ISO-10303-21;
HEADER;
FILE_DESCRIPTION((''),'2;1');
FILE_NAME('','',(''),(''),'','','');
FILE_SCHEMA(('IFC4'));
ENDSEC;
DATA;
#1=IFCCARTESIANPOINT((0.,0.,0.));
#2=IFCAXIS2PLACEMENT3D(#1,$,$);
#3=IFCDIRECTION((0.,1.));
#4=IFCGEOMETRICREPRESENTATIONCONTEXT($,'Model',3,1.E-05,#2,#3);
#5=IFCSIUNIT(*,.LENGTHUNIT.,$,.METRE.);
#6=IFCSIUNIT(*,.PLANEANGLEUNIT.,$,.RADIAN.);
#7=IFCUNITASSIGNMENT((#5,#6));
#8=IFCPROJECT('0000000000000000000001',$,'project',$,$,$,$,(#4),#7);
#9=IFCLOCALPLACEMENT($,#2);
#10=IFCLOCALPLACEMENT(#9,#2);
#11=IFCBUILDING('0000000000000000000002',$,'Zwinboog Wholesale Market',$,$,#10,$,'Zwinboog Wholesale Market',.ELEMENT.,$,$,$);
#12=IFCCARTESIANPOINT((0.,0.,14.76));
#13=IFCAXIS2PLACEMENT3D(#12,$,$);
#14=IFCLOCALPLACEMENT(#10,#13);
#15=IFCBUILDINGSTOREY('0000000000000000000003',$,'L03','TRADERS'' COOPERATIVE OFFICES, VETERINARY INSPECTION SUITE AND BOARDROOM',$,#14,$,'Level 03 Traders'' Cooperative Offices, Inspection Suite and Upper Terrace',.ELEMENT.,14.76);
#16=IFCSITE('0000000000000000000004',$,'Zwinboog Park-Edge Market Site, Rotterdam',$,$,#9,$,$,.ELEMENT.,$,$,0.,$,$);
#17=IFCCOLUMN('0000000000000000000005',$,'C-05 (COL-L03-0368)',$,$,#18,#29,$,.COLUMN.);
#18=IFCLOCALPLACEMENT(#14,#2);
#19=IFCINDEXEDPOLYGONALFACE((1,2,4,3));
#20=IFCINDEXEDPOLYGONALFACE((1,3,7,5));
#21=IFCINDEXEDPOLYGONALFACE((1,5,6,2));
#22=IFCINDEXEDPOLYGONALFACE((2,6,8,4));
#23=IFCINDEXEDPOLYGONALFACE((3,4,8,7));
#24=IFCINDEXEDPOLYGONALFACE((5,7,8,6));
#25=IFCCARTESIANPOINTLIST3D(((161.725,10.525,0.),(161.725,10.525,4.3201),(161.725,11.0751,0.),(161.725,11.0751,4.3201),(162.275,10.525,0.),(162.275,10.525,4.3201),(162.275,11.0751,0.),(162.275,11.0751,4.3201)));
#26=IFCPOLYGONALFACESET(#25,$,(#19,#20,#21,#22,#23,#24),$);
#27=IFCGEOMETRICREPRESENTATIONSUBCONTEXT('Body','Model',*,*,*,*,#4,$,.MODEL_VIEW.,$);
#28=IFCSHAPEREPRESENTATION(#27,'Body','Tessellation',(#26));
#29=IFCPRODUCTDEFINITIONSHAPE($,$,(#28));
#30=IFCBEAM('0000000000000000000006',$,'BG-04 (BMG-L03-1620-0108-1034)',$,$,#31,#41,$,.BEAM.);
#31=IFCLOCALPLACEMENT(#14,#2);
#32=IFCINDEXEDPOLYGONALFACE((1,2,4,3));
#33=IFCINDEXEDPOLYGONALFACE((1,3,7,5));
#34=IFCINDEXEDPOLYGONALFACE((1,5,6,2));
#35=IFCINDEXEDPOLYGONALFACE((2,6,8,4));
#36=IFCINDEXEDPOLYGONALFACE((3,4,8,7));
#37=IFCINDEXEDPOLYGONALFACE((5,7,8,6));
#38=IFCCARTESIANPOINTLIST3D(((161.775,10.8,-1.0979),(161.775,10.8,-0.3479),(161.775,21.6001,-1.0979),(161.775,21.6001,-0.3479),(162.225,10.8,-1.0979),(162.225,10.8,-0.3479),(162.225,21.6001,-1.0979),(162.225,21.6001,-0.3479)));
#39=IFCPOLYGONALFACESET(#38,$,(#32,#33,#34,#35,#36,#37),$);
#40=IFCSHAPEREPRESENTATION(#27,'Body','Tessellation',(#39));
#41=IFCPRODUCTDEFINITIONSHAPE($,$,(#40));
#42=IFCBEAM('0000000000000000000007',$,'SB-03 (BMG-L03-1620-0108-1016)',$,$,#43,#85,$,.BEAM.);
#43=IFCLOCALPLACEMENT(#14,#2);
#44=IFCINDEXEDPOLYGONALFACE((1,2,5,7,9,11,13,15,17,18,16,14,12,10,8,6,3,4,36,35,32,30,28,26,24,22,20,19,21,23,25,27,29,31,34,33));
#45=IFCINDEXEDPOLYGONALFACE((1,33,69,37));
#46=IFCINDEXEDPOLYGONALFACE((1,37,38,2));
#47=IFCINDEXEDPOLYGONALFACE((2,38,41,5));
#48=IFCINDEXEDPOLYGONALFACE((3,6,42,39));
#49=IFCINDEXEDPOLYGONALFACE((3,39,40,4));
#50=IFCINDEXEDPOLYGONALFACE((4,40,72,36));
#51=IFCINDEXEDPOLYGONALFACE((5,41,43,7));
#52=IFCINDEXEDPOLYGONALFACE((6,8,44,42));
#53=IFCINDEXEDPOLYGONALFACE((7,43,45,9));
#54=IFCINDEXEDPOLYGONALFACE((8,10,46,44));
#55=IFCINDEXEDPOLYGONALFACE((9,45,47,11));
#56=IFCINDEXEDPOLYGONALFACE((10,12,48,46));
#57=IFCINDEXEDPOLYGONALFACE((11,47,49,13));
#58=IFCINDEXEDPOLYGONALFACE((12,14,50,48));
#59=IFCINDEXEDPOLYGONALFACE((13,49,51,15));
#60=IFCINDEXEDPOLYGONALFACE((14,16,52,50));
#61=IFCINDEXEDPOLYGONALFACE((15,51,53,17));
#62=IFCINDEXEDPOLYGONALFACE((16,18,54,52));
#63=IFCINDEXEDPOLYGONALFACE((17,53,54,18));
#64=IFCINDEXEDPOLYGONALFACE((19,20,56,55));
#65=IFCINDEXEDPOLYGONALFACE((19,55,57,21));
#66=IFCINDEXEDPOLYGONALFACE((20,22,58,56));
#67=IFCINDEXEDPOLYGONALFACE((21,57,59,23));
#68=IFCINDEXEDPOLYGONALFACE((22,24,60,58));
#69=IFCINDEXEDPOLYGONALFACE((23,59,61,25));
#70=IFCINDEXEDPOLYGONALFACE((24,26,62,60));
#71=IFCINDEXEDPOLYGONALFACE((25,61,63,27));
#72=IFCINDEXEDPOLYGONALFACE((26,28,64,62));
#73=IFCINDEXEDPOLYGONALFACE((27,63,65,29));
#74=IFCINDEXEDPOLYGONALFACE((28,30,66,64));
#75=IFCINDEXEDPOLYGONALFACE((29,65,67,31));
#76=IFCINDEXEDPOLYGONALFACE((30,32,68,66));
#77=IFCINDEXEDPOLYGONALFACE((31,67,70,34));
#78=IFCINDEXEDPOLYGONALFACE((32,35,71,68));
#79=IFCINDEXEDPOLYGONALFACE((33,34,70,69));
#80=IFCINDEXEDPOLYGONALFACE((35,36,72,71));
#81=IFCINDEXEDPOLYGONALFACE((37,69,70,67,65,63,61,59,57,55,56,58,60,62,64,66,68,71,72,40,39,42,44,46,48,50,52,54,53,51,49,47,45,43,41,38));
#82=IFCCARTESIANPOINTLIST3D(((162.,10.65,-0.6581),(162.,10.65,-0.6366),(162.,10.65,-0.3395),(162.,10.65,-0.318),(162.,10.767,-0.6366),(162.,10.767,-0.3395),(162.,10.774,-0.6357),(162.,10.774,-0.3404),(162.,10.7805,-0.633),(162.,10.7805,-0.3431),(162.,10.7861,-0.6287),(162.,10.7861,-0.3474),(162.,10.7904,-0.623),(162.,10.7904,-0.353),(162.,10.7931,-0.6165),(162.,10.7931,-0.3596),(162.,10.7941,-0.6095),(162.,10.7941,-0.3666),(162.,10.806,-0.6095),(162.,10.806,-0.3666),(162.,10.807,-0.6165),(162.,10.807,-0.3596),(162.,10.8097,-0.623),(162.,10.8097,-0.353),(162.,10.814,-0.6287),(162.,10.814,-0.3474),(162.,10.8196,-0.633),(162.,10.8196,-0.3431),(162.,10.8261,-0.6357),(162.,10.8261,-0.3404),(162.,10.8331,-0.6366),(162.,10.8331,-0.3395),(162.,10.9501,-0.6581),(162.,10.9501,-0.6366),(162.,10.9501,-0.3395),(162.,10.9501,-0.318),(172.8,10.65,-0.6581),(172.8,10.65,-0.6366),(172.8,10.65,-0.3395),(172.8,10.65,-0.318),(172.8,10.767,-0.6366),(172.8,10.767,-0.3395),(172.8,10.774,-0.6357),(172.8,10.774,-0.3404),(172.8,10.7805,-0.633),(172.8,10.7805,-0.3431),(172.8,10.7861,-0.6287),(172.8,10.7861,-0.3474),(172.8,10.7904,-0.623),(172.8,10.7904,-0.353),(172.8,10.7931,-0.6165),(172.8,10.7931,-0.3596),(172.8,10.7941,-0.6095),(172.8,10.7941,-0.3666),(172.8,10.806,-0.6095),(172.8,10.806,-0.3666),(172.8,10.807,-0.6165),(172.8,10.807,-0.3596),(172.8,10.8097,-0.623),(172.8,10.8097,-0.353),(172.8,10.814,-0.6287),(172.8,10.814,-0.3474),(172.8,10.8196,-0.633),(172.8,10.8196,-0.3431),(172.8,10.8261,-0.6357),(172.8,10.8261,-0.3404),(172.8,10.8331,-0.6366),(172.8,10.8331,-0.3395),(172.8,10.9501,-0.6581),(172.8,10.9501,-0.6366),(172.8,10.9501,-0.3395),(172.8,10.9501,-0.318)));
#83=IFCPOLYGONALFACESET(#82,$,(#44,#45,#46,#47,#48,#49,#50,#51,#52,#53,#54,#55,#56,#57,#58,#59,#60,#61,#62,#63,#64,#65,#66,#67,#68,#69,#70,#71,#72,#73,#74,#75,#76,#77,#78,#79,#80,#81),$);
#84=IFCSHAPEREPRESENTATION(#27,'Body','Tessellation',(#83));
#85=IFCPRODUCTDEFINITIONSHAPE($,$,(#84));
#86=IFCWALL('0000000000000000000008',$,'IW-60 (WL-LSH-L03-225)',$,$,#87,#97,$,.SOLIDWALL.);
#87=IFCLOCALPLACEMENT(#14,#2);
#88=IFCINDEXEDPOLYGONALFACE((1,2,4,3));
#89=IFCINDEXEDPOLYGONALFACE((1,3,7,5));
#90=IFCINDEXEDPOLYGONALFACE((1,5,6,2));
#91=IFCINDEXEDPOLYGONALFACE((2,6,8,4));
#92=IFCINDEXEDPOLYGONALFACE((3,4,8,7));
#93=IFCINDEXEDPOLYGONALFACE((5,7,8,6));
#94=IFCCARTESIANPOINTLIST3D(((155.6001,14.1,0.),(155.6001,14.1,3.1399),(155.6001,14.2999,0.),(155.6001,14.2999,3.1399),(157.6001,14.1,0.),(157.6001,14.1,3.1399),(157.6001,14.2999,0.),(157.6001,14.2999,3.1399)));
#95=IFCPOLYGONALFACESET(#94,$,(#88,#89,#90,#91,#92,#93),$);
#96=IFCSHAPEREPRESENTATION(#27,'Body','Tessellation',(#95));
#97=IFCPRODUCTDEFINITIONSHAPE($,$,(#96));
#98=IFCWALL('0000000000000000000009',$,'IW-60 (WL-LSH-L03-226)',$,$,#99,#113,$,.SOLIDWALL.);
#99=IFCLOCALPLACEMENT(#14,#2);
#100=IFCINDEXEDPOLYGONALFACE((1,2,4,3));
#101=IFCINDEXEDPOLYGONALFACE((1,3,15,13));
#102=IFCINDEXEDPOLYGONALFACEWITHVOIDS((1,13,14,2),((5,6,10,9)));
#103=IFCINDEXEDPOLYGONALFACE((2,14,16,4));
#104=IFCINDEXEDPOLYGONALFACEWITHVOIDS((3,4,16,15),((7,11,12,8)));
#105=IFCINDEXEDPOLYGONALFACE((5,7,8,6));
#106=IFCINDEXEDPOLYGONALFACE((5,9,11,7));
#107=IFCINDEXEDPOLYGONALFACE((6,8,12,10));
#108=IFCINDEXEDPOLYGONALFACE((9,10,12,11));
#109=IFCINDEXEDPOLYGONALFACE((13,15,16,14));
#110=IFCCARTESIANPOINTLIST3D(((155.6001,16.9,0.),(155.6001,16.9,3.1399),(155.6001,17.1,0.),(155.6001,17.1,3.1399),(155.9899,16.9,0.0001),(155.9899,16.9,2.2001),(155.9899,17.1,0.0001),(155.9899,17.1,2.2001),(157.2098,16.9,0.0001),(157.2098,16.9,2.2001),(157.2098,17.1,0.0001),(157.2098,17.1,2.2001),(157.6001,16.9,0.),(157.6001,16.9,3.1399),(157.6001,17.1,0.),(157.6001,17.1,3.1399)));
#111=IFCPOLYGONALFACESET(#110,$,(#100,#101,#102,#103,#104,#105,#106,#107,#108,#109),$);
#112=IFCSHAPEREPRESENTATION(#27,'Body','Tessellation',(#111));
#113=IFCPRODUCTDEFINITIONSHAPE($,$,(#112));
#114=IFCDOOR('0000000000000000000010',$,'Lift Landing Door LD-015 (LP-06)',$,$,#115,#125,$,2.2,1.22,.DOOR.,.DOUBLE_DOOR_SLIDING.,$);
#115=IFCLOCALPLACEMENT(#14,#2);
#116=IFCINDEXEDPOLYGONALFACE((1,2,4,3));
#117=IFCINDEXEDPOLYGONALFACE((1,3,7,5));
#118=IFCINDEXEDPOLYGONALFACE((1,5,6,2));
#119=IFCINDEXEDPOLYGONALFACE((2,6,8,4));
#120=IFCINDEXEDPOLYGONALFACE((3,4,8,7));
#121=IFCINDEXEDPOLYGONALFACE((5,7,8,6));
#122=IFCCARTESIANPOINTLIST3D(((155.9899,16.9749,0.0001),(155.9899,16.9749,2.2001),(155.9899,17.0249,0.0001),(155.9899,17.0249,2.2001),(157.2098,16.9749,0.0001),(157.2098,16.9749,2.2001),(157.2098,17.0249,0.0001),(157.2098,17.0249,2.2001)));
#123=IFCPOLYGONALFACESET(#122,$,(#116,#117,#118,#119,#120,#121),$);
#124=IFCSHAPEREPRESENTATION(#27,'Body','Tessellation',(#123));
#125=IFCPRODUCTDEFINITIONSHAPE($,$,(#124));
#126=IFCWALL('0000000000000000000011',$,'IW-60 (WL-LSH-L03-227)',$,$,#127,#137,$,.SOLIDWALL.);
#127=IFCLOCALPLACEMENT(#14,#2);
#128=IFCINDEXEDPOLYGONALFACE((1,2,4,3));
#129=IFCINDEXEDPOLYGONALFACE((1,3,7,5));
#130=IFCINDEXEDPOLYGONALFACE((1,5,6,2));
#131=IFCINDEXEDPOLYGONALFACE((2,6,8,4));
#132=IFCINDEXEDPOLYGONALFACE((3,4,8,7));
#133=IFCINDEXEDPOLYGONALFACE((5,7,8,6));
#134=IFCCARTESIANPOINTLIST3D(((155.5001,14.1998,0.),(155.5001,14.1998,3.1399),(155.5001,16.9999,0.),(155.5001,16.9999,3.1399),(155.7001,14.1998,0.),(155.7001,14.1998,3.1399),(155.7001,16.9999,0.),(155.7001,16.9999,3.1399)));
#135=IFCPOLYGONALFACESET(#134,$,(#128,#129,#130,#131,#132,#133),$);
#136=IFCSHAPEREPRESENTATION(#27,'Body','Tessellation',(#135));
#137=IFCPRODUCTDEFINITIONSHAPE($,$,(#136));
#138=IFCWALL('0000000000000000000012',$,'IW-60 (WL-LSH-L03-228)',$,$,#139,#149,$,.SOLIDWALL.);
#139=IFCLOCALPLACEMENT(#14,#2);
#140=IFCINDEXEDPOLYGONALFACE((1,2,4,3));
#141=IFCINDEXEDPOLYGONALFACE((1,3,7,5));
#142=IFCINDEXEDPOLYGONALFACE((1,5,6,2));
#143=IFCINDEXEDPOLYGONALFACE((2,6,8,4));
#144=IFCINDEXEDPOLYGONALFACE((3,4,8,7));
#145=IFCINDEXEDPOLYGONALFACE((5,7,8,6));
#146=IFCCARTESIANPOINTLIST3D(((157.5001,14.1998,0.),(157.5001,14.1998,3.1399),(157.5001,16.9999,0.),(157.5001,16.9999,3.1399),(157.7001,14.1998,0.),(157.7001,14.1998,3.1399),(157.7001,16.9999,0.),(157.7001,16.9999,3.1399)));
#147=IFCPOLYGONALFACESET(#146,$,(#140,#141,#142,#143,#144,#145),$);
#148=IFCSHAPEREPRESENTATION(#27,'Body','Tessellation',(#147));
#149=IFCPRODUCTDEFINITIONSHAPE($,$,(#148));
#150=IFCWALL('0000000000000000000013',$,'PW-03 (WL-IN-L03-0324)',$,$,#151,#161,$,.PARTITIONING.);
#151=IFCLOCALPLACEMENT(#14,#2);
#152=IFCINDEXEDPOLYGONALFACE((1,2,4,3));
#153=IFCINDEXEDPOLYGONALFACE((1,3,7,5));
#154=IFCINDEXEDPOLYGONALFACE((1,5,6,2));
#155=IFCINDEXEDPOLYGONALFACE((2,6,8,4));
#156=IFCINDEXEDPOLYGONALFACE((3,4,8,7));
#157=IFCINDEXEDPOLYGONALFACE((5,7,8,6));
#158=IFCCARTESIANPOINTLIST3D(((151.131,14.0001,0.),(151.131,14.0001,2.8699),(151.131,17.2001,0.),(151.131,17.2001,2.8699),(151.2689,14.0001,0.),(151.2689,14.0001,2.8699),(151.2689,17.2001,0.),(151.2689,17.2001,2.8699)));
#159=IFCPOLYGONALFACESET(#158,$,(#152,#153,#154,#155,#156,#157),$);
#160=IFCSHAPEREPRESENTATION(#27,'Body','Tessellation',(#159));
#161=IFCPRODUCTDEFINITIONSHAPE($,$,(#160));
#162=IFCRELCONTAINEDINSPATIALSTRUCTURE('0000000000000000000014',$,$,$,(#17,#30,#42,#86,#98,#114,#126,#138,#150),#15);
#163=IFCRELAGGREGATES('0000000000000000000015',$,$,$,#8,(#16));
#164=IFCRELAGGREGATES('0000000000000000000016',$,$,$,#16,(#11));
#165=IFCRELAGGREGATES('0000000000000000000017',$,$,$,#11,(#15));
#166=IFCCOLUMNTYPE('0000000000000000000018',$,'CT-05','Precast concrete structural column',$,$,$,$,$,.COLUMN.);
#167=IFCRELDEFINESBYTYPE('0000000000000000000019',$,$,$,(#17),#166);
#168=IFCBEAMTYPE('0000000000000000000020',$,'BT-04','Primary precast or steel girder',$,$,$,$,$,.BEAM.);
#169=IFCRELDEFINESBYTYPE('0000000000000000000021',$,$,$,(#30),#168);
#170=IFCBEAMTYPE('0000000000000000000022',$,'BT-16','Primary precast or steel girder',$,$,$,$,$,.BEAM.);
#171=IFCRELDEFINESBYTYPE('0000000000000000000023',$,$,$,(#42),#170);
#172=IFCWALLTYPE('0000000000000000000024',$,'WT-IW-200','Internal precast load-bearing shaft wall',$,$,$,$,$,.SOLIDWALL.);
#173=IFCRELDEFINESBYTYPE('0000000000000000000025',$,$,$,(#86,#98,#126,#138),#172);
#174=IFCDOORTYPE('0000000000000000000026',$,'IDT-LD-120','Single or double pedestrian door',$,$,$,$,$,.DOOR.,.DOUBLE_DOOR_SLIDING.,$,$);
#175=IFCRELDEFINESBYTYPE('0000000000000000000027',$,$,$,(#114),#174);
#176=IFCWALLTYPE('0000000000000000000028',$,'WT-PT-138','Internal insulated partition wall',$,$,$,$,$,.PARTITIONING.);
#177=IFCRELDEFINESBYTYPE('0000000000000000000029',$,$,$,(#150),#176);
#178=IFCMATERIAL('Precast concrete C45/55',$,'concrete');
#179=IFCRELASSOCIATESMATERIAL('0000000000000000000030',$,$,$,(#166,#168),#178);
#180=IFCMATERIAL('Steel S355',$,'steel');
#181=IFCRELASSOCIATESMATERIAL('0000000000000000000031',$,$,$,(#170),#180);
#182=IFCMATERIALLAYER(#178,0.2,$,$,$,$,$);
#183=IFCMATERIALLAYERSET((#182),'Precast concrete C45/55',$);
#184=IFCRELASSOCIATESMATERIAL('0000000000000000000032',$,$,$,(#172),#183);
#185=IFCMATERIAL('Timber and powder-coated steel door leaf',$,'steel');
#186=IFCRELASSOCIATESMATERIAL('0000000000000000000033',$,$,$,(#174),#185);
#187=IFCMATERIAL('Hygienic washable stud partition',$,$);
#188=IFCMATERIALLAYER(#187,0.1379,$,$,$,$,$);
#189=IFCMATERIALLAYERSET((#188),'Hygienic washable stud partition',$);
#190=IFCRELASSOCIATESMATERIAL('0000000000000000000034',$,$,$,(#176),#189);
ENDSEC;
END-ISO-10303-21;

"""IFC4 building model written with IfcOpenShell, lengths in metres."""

from ifc_helpers import new_model, si_unit, direction, frame, frame_2d, origin, origin_2d, place, context, subcontext, project, spatial, rectangle, i_section, extrude, material, layer, layer_set, material_profile, profile_set, type_object, element, fill, save


model = new_model("IFC4")

# Units and contexts
model_context = context("Model", 3, precision=1e-05, world=origin(), true_north=direction((0.0, 1.0)))
body_context = subcontext(model_context, "Body", "Model", "MODEL_VIEW")
ifc_project = project(units=[si_unit("LENGTHUNIT", "METRE"), si_unit("PLANEANGLEUNIT", "RADIAN")], contexts=[model_context])

# Site, building, storey
site_placement = place(None, origin())
site = spatial("IfcSite", under=ifc_project, at=site_placement, Name="Zwinboog Park-Edge Market Site, Rotterdam", CompositionType="ELEMENT", RefElevation=0.0)
building_placement = place(site_placement, origin())
building = spatial("IfcBuilding", under=site, at=building_placement, Name="Zwinboog Wholesale Market", LongName="Zwinboog Wholesale Market", CompositionType="ELEMENT")
storey_placement = place(building_placement, frame((0.0, 0.0, 14.76)))
storey = spatial("IfcBuildingStorey", under=building, at=storey_placement, Name="L03", Description="TRADERS' COOPERATIVE OFFICES, VETERINARY INSPECTION SUITE AND BOARDROOM", LongName="Level 03 Traders' Cooperative Offices, Inspection Suite and Upper Terrace", CompositionType="ELEMENT", Elevation=14.76)

# Column
ifc_material_1 = material(Name="Precast concrete C45/55", Category="concrete")
ifc_material_profile_1 = material_profile(ifc_material_1, rectangle(XDim=0.55, YDim=0.55, at=origin_2d()), Name="PC 550x550")
ifc_profile_set_1 = profile_set([ifc_material_profile_1], Name="Precast concrete C45/55")
column_type = type_object("IfcColumnType", Name="CT-05", Description="Precast concrete structural column", PredefinedType="COLUMN", material=ifc_profile_set_1)
column_placement = place(storey_placement, frame((162.0, 10.8, 0.0), z_axis=(0.0, 0.0, 1.0), x_axis=(1.0, 0.0, 0.0)))
element("IfcColumn", 1, at=column_placement, inside=storey, type_object=column_type, Name="C-05 (COL-L03-0368)", PredefinedType="COLUMN", context=body_context, shape_type="SweptSolid", body=[
    extrude(rectangle(XDim=0.55, YDim=0.55, at=origin_2d()), origin(), (0.0, 0.0, 1.0), 4.3201),
])

# Beams
ifc_material_profile_2 = material_profile(ifc_material_1, rectangle(XDim=0.45, YDim=0.75, at=origin_2d()), Name="PC 450x750")
ifc_profile_set_2 = profile_set([ifc_material_profile_2], Name="Precast concrete C45/55")
beam_type_1 = type_object("IfcBeamType", Name="BT-04", Description="Primary precast or steel girder", PredefinedType="BEAM", material=ifc_profile_set_2)
beam_1_placement = place(storey_placement, frame((162.0, 10.8, -0.7229), z_axis=(0.0, 1.0, 0.0), x_axis=(-1.0, 0.0, 0.0)))
element("IfcBeam", 2, at=beam_1_placement, inside=storey, type_object=beam_type_1, Name="BG-04 (BMG-L03-1620-0108-1034)", PredefinedType="BEAM", context=body_context, shape_type="SweptSolid", body=[
    extrude(rectangle(XDim=0.45, YDim=0.75, at=origin_2d()), origin(), (0.0, 0.0, 1.0), 10.8),
])
ifc_material_2 = material(Name="Steel S355", Category="steel")
ifc_material_profile_3 = material_profile(ifc_material_2, i_section(OverallWidth=0.3, OverallDepth=0.3401, WebThickness=0.012, FlangeThickness=0.0215, FilletRadius=0.0271, at=origin_2d()), Name="HEB 340")
ifc_profile_set_3 = profile_set([ifc_material_profile_3], Name="Steel S355")
beam_type_2 = type_object("IfcBeamType", Name="BT-16", Description="Primary precast or steel girder", PredefinedType="BEAM", material=ifc_profile_set_3)
beam_2_placement = place(storey_placement, frame((162.0, 10.8, -0.488), z_axis=(1.0, 0.0, 0.0), x_axis=(0.0, 1.0, 0.0)))
element("IfcBeam", 3, at=beam_2_placement, inside=storey, type_object=beam_type_2, Name="SB-03 (BMG-L03-1620-0108-1016)", PredefinedType="BEAM", context=body_context, shape_type="SweptSolid", body=[
    extrude(i_section(OverallWidth=0.3, OverallDepth=0.3401, WebThickness=0.012, FlangeThickness=0.0215, FilletRadius=0.0271, at=origin_2d()), origin(), (0.0, 0.0, 1.0), 10.8),
])

# Wall
ifc_layer_1 = layer(ifc_material_1, 0.2)
ifc_layer_set_1 = layer_set([ifc_layer_1], Name="Precast concrete C45/55")
wall_type_1 = type_object("IfcWallType", Name="WT-IW-200", Description="Internal precast load-bearing shaft wall", PredefinedType="SOLIDWALL", material=ifc_layer_set_1)
wall_1_placement = place(storey_placement, frame((155.6001, 14.2, 0.0), z_axis=(0.0, 0.0, 1.0), x_axis=(1.0, 0.0, 0.0)))
element("IfcWall", 4, at=wall_1_placement, inside=storey, type_object=wall_type_1, Name="IW-60 (WL-LSH-L03-225)", PredefinedType="SOLIDWALL", context=body_context, shape_type="SweptSolid", body=[
    extrude(rectangle(XDim=2.0, YDim=0.2, at=frame_2d((1.0, 0.0))), origin(), (0.0, 0.0, 1.0), 3.1399),
])

# Wall, opening, door
wall_2_placement = place(storey_placement, frame((155.6001, 17.0, 0.0), z_axis=(0.0, 0.0, 1.0), x_axis=(1.0, 0.0, 0.0)))
wall_2 = element("IfcWall", 5, at=wall_2_placement, inside=storey, type_object=wall_type_1, Name="IW-60 (WL-LSH-L03-226)", PredefinedType="SOLIDWALL", context=body_context, shape_type="SweptSolid", body=[
    extrude(rectangle(XDim=2.0, YDim=0.2, at=frame_2d((1.0, 0.0))), origin(), (0.0, 0.0, 1.0), 3.1399),
])
opening_1_placement = place(wall_2_placement, frame((0.3899, 0.0, 0.0)))
opening_1 = element("IfcOpeningElement", 6, at=opening_1_placement, cuts=wall_2, PredefinedType="OPENING", context=body_context, shape_type="SweptSolid", body=[
    extrude(rectangle(XDim=1.22, YDim=2.2, at=frame_2d((0.6099, 1.1001))), frame((0.0, 0.1099, 0.0), z_axis=(0.0, -1.0, 0.0), x_axis=(1.0, 0.0, 0.0)), (0.0, 0.0, 1.0), 0.22),
])
ifc_material_3 = material(Name="Timber and powder-coated steel door leaf", Category="steel")
door_type_1 = type_object("IfcDoorType", Name="IDT-LD-120", Description="Single or double pedestrian door", OperationType="DOUBLE_DOOR_SLIDING", PredefinedType="DOOR", material=ifc_material_3)
door_1_placement = place(opening_1_placement, origin())
door_1 = element("IfcDoor", 7, at=door_1_placement, inside=storey, type_object=door_type_1, Name="Lift Landing Door LD-015 (LP-06)", OperationType="DOUBLE_DOOR_SLIDING", OverallHeight=2.2, OverallWidth=1.22, PredefinedType="DOOR", context=body_context, shape_type="SweptSolid", body=[
    extrude(rectangle(XDim=1.22, YDim=2.2, at=frame_2d((0.6099, 1.1001))), frame((0.0, 0.0249, 0.0), z_axis=(0.0, -1.0, 0.0), x_axis=(1.0, 0.0, 0.0)), (0.0, 0.0, 1.0), 0.05),
])
fill(opening_1, door_1)

# Walls
for number, where, z_axis, x_axis, name in (
    (8, (155.6001, 14.2, 0.0), (0.0, 0.0, 1.0), (0.0, 1.0, 0.0), "IW-60 (WL-LSH-L03-227)"),
    (9, (157.6001, 14.2, 0.0), (0.0, 0.0, 1.0), (0.0, 1.0, 0.0), "IW-60 (WL-LSH-L03-228)"),
):
    element("IfcWall", number, at=place(storey_placement, frame(where, z_axis=z_axis, x_axis=x_axis)), inside=storey, type_object=wall_type_1, Name=name, PredefinedType="SOLIDWALL", context=body_context, shape_type="SweptSolid", body=[
        extrude(rectangle(XDim=2.8, YDim=0.2, at=frame_2d((1.3999, 0.0))), origin(), (0.0, 0.0, 1.0), 3.1399),
    ])
ifc_material_4 = material(Name="Hygienic washable stud partition")
ifc_layer_2 = layer(ifc_material_4, 0.1379)
ifc_layer_set_2 = layer_set([ifc_layer_2], Name="Hygienic washable stud partition")
wall_type_2 = type_object("IfcWallType", Name="WT-PT-138", Description="Internal insulated partition wall", PredefinedType="PARTITIONING", material=ifc_layer_set_2)
wall_3_placement = place(storey_placement, frame((151.2, 14.0, 0.0), z_axis=(0.0, 0.0, 1.0), x_axis=(0.0, 1.0, 0.0)))
element("IfcWall", 10, at=wall_3_placement, inside=storey, type_object=wall_type_2, Name="PW-03 (WL-IN-L03-0324)", PredefinedType="PARTITIONING", context=body_context, shape_type="SweptSolid", body=[
    extrude(rectangle(XDim=3.2, YDim=0.1379, at=frame_2d((1.6001, 0.0))), origin(), (0.0, 0.0, 1.0), 2.8699),
])

save(model, "model.ifc")
